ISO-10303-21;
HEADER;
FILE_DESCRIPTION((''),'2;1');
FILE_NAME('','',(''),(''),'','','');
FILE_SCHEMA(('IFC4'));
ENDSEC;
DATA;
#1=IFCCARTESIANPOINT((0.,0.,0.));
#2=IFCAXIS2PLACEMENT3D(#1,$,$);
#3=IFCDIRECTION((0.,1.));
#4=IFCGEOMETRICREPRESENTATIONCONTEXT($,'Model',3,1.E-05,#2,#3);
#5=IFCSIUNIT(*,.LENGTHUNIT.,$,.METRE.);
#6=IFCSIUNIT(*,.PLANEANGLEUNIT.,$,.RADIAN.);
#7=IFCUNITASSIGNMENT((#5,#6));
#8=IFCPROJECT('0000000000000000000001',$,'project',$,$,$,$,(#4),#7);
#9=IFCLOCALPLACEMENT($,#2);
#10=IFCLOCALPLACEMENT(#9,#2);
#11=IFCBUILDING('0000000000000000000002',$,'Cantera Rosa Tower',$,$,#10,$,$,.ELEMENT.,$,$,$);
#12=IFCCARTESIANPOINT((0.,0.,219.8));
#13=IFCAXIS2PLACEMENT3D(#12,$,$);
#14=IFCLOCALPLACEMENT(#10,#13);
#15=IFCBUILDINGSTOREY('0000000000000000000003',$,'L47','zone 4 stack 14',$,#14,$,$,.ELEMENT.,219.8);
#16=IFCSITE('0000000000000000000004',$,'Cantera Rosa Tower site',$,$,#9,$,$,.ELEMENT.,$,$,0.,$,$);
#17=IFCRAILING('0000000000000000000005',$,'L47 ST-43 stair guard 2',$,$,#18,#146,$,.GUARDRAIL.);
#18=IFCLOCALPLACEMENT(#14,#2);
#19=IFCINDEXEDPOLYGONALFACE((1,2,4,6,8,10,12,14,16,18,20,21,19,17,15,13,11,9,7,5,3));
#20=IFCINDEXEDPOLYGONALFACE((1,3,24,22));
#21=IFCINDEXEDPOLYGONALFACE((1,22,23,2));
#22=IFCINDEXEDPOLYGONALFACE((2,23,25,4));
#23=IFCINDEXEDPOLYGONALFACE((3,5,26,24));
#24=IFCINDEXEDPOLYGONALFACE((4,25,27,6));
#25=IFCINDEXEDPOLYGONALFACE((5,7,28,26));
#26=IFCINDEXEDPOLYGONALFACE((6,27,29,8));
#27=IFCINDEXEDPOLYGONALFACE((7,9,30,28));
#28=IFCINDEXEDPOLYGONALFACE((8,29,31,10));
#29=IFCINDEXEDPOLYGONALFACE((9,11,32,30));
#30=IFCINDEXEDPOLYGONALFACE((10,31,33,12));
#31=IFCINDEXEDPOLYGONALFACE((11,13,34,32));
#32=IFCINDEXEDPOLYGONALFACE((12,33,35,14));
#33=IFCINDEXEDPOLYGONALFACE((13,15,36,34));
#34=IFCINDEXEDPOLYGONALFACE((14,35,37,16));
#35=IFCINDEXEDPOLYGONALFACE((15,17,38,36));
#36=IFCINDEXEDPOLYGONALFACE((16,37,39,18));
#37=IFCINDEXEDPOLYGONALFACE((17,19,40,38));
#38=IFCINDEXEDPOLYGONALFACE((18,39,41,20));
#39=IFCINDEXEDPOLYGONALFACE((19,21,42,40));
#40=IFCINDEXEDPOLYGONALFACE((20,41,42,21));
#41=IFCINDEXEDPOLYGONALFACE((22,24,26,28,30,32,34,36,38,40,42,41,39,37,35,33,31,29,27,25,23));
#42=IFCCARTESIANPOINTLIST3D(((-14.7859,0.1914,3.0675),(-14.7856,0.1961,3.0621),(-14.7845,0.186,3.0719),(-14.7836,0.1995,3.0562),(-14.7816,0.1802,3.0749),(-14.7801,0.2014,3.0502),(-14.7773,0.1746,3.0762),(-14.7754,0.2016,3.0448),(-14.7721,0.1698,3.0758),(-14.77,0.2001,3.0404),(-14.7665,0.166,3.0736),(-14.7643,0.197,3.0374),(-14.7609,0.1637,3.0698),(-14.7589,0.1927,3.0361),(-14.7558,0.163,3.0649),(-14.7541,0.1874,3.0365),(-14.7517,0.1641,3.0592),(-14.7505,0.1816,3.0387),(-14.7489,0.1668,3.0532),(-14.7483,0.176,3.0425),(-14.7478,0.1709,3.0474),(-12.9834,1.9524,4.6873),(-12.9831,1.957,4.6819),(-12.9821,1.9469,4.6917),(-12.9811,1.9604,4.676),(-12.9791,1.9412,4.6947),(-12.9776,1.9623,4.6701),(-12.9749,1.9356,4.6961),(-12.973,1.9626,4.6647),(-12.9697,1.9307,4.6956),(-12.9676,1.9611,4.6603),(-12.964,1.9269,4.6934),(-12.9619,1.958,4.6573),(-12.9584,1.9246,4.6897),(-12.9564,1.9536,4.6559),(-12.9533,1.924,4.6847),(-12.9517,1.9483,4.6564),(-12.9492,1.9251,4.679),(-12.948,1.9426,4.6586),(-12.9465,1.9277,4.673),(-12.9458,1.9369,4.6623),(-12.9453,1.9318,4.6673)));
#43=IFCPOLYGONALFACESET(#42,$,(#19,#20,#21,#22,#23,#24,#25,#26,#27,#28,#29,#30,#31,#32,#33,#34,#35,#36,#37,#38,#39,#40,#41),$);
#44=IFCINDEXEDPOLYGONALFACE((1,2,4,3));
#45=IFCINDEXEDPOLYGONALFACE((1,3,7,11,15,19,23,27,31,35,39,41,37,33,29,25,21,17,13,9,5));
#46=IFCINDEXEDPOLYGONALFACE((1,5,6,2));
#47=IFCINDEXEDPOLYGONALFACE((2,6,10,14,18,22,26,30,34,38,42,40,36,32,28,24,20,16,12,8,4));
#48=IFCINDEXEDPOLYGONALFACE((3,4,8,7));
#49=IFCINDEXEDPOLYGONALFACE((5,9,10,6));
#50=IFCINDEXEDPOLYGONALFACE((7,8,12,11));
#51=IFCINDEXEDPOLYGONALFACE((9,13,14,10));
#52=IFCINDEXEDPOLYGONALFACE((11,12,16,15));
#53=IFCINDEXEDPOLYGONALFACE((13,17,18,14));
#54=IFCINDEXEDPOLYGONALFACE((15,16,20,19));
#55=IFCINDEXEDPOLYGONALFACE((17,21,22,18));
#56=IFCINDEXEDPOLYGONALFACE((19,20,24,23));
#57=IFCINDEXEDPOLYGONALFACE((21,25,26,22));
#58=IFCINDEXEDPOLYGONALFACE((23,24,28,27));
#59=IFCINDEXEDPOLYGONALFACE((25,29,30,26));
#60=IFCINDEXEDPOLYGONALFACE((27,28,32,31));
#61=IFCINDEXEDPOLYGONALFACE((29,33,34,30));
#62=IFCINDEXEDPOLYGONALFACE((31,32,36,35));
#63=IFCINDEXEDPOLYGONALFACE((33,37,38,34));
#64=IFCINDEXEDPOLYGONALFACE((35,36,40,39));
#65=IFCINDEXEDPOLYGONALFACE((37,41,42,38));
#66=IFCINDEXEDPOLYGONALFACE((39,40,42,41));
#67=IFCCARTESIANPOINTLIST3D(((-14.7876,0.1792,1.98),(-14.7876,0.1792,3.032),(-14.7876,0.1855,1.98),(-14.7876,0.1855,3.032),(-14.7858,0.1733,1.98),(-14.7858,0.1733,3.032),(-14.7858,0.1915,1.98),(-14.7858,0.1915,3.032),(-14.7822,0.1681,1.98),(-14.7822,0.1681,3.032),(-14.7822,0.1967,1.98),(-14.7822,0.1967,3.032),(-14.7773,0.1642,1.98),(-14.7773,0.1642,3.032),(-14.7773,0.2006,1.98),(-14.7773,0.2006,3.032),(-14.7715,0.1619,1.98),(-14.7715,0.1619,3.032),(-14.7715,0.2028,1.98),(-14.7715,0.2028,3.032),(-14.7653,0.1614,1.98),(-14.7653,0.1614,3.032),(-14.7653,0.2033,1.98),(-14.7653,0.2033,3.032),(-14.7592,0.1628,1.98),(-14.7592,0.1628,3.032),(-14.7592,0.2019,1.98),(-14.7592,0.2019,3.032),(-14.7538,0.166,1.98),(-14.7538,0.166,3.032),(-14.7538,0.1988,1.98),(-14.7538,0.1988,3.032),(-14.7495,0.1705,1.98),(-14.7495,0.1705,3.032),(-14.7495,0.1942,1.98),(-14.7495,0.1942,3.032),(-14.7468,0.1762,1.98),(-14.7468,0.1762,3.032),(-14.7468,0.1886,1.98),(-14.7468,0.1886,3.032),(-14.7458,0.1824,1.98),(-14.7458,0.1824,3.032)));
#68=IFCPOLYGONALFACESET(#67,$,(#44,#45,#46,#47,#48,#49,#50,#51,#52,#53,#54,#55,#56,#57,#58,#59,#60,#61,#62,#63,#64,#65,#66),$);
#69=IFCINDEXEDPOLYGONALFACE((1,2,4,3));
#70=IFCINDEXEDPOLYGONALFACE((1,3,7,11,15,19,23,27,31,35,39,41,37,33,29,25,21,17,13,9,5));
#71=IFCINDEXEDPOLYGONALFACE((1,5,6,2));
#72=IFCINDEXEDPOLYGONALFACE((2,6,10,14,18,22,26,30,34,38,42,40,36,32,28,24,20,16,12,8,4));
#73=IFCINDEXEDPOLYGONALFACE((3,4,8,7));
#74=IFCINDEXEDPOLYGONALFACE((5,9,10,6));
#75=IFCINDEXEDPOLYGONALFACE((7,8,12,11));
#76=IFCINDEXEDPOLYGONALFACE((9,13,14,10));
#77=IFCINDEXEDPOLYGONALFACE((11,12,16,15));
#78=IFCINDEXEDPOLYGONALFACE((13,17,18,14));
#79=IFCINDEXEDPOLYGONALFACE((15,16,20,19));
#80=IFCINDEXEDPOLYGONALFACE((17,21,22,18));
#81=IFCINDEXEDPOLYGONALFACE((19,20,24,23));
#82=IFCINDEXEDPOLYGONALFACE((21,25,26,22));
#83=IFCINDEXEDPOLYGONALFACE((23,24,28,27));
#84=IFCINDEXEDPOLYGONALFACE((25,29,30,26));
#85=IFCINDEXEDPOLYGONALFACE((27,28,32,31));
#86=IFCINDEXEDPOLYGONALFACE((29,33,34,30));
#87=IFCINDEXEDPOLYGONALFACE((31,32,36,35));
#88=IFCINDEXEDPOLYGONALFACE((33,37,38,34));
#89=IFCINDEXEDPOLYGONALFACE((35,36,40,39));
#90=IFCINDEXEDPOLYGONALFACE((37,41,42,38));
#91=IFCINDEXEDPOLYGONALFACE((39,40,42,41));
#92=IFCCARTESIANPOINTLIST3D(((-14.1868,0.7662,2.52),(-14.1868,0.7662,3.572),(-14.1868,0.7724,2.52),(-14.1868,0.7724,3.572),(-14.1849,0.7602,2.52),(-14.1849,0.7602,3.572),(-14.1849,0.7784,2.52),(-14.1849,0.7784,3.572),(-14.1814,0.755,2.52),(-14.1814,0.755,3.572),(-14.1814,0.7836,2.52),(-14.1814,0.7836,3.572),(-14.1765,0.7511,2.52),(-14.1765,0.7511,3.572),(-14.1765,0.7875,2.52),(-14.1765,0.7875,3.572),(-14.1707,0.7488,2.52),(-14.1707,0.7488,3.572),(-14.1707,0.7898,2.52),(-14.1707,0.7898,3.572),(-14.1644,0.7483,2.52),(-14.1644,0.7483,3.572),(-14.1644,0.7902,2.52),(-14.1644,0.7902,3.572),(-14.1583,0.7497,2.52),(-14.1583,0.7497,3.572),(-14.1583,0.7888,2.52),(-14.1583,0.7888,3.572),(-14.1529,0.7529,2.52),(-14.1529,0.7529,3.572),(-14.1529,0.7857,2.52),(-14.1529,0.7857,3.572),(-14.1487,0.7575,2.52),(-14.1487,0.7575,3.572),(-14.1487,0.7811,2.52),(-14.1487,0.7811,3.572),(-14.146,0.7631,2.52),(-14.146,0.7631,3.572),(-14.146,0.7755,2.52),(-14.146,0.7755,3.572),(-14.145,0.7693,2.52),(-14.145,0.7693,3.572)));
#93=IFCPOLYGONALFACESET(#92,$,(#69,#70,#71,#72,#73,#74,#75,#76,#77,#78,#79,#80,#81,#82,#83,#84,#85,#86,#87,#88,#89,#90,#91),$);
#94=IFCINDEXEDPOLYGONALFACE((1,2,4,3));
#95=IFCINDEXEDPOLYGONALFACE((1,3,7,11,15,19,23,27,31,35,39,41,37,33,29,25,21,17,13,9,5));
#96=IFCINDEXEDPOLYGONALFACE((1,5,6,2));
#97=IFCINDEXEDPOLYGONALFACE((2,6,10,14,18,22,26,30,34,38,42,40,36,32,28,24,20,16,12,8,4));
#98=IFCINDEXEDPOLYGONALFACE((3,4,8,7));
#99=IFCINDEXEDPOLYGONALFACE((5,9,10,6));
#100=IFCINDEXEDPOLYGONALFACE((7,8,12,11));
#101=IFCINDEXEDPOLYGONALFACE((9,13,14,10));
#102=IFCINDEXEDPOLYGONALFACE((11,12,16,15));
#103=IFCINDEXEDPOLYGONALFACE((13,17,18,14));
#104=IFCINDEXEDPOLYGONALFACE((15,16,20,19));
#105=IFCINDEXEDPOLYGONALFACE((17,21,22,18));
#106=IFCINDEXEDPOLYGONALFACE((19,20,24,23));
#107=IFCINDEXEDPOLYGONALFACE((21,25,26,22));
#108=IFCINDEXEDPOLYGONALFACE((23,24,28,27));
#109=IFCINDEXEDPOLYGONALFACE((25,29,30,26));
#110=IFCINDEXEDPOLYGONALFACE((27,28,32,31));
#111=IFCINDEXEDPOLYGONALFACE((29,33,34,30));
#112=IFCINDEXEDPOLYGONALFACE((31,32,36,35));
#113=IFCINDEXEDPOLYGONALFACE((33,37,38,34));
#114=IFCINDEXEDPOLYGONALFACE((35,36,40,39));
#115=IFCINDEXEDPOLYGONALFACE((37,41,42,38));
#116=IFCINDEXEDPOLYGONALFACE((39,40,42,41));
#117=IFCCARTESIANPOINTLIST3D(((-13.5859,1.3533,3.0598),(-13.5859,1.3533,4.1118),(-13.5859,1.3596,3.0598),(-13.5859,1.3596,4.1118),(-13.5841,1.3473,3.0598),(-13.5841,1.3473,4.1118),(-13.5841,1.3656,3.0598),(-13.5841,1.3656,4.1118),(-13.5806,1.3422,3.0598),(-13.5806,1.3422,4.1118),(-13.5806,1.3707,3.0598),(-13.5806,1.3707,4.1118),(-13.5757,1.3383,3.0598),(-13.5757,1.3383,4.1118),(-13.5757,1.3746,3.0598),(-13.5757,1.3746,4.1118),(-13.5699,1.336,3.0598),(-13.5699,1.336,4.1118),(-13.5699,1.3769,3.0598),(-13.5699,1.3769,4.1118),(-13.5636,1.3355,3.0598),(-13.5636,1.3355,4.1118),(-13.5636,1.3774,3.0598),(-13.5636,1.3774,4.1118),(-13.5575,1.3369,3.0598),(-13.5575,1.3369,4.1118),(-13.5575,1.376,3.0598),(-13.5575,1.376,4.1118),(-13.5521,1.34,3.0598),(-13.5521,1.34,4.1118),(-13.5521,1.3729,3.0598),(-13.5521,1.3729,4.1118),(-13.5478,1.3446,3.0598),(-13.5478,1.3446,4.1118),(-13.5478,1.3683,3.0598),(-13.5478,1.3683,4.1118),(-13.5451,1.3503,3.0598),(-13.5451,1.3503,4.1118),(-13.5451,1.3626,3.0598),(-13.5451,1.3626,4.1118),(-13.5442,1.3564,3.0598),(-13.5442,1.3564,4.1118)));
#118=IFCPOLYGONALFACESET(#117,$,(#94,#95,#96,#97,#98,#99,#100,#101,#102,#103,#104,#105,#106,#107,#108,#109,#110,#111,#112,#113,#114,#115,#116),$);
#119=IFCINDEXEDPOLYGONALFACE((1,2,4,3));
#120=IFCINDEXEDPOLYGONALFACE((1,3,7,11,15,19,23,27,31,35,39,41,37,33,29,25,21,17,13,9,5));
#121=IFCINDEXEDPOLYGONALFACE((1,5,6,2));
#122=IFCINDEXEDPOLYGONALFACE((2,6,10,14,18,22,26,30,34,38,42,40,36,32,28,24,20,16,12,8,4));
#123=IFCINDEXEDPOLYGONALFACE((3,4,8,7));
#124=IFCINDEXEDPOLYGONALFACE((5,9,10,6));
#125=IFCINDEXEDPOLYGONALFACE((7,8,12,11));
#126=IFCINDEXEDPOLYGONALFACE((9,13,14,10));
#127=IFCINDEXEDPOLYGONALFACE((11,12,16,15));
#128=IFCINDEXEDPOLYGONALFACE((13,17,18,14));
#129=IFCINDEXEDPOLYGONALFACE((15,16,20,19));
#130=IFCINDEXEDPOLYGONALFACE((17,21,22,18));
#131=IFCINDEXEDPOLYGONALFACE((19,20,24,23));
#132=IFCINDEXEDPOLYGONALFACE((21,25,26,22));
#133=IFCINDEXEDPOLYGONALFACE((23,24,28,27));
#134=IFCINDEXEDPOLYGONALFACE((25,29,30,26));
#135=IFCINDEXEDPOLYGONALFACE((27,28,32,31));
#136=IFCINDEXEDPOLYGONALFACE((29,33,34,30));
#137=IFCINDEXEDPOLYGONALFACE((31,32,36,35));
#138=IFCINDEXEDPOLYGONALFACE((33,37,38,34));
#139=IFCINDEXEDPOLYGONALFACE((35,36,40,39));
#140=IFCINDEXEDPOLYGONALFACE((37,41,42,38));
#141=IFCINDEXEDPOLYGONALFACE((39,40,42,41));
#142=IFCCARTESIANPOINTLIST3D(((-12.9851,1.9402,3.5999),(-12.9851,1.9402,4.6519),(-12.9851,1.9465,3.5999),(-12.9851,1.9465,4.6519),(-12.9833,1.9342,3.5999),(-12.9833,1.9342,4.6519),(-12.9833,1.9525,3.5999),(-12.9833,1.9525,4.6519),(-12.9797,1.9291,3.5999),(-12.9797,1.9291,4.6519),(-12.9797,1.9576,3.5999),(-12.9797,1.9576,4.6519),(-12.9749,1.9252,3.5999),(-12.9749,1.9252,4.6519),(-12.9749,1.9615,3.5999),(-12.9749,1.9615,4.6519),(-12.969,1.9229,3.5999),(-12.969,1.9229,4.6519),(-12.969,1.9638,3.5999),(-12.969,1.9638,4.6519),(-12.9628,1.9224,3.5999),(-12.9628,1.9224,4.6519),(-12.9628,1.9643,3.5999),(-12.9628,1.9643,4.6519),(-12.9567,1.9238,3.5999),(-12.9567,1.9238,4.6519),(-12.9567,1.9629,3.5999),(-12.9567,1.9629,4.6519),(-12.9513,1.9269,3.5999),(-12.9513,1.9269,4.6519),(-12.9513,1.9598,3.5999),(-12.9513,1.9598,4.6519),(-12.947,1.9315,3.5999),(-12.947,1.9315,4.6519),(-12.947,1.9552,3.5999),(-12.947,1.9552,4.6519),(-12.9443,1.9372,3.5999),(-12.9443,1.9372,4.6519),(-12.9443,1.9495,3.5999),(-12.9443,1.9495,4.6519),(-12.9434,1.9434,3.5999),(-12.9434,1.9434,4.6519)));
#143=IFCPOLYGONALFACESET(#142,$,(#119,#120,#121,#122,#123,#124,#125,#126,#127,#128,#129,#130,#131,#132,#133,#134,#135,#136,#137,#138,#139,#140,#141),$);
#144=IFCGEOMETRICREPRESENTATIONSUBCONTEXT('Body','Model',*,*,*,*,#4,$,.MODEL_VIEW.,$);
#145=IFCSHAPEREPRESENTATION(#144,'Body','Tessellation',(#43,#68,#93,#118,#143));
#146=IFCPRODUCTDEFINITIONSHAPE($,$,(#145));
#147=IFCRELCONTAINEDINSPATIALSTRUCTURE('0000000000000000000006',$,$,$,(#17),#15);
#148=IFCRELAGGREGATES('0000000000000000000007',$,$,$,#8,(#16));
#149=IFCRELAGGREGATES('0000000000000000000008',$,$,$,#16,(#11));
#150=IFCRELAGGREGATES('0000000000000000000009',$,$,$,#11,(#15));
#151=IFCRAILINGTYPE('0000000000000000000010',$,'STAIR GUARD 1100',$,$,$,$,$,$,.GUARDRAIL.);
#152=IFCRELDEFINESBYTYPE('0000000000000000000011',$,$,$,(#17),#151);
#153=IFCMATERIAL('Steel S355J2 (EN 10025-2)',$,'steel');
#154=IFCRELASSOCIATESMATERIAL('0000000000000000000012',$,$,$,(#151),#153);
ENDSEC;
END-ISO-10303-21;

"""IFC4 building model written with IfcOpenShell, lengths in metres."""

from ifc_helpers import new_model, si_unit, direction, frame, origin, origin_2d, place, context, subcontext, project, spatial, circle, extrude, material, type_object, element, save


model = new_model("IFC4")

# Units and contexts
model_context = context("Model", 3, precision=1e-05, world=origin(), true_north=direction((0.0, 1.0)))
body_context = subcontext(model_context, "Body", "Model", "MODEL_VIEW")
ifc_project = project(units=[si_unit("LENGTHUNIT", "METRE"), si_unit("PLANEANGLEUNIT", "RADIAN")], contexts=[model_context])

# Site, building, storey
site_placement = place(None, origin())
site = spatial("IfcSite", under=ifc_project, at=site_placement, Name="Cantera Rosa Tower site", CompositionType="ELEMENT", RefElevation=0.0)
building_placement = place(site_placement, origin())
building = spatial("IfcBuilding", under=site, at=building_placement, Name="Cantera Rosa Tower", CompositionType="ELEMENT")
storey_placement = place(building_placement, frame((0.0, 0.0, 219.8)))
storey = spatial("IfcBuildingStorey", under=building, at=storey_placement, Name="L47", Description="zone 4 stack 14", CompositionType="ELEMENT", Elevation=219.8)

# Railing
ifc_material_1 = material(Name="Steel S355J2 (EN 10025-2)", Category="steel")
railing_type_1 = type_object("IfcRailingType", Name="STAIR GUARD 1100", PredefinedType="GUARDRAIL", material=ifc_material_1)
railing_1_placement = place(storey_placement, frame((-14.7668, 0.1824, 1.98)))
element("IfcRailing", 1, at=railing_1_placement, inside=storey, type_object=railing_type_1, Name="L47 ST-43 stair guard 2", PredefinedType="GUARDRAIL", context=body_context, shape_type="SweptSolid", body=[
    extrude(circle(Radius=0.0239, at=origin_2d()), frame((0.0, 0.0, 1.0762), z_axis=(0.601699, 0.587844, 0.540738), x_axis=(-0.698824, 0.715294, 0.0)), (0.0, 0.0, 1.0), 2.9956),
    extrude(circle(Radius=0.021, at=origin_2d()), origin(), (0.0, 0.0, 1.0), 1.052),
    extrude(circle(Radius=0.021, at=origin_2d()), frame((0.6008, 0.5869, 0.54)), (0.0, 0.0, 1.0), 1.052),
    extrude(circle(Radius=0.021, at=origin_2d()), frame((1.2017, 1.1741, 1.0798)), (0.0, 0.0, 1.0), 1.052),
    extrude(circle(Radius=0.021, at=origin_2d()), frame((1.8025, 1.761, 1.6199)), (0.0, 0.0, 1.0), 1.052),
])

save(model, "model.ifc")
